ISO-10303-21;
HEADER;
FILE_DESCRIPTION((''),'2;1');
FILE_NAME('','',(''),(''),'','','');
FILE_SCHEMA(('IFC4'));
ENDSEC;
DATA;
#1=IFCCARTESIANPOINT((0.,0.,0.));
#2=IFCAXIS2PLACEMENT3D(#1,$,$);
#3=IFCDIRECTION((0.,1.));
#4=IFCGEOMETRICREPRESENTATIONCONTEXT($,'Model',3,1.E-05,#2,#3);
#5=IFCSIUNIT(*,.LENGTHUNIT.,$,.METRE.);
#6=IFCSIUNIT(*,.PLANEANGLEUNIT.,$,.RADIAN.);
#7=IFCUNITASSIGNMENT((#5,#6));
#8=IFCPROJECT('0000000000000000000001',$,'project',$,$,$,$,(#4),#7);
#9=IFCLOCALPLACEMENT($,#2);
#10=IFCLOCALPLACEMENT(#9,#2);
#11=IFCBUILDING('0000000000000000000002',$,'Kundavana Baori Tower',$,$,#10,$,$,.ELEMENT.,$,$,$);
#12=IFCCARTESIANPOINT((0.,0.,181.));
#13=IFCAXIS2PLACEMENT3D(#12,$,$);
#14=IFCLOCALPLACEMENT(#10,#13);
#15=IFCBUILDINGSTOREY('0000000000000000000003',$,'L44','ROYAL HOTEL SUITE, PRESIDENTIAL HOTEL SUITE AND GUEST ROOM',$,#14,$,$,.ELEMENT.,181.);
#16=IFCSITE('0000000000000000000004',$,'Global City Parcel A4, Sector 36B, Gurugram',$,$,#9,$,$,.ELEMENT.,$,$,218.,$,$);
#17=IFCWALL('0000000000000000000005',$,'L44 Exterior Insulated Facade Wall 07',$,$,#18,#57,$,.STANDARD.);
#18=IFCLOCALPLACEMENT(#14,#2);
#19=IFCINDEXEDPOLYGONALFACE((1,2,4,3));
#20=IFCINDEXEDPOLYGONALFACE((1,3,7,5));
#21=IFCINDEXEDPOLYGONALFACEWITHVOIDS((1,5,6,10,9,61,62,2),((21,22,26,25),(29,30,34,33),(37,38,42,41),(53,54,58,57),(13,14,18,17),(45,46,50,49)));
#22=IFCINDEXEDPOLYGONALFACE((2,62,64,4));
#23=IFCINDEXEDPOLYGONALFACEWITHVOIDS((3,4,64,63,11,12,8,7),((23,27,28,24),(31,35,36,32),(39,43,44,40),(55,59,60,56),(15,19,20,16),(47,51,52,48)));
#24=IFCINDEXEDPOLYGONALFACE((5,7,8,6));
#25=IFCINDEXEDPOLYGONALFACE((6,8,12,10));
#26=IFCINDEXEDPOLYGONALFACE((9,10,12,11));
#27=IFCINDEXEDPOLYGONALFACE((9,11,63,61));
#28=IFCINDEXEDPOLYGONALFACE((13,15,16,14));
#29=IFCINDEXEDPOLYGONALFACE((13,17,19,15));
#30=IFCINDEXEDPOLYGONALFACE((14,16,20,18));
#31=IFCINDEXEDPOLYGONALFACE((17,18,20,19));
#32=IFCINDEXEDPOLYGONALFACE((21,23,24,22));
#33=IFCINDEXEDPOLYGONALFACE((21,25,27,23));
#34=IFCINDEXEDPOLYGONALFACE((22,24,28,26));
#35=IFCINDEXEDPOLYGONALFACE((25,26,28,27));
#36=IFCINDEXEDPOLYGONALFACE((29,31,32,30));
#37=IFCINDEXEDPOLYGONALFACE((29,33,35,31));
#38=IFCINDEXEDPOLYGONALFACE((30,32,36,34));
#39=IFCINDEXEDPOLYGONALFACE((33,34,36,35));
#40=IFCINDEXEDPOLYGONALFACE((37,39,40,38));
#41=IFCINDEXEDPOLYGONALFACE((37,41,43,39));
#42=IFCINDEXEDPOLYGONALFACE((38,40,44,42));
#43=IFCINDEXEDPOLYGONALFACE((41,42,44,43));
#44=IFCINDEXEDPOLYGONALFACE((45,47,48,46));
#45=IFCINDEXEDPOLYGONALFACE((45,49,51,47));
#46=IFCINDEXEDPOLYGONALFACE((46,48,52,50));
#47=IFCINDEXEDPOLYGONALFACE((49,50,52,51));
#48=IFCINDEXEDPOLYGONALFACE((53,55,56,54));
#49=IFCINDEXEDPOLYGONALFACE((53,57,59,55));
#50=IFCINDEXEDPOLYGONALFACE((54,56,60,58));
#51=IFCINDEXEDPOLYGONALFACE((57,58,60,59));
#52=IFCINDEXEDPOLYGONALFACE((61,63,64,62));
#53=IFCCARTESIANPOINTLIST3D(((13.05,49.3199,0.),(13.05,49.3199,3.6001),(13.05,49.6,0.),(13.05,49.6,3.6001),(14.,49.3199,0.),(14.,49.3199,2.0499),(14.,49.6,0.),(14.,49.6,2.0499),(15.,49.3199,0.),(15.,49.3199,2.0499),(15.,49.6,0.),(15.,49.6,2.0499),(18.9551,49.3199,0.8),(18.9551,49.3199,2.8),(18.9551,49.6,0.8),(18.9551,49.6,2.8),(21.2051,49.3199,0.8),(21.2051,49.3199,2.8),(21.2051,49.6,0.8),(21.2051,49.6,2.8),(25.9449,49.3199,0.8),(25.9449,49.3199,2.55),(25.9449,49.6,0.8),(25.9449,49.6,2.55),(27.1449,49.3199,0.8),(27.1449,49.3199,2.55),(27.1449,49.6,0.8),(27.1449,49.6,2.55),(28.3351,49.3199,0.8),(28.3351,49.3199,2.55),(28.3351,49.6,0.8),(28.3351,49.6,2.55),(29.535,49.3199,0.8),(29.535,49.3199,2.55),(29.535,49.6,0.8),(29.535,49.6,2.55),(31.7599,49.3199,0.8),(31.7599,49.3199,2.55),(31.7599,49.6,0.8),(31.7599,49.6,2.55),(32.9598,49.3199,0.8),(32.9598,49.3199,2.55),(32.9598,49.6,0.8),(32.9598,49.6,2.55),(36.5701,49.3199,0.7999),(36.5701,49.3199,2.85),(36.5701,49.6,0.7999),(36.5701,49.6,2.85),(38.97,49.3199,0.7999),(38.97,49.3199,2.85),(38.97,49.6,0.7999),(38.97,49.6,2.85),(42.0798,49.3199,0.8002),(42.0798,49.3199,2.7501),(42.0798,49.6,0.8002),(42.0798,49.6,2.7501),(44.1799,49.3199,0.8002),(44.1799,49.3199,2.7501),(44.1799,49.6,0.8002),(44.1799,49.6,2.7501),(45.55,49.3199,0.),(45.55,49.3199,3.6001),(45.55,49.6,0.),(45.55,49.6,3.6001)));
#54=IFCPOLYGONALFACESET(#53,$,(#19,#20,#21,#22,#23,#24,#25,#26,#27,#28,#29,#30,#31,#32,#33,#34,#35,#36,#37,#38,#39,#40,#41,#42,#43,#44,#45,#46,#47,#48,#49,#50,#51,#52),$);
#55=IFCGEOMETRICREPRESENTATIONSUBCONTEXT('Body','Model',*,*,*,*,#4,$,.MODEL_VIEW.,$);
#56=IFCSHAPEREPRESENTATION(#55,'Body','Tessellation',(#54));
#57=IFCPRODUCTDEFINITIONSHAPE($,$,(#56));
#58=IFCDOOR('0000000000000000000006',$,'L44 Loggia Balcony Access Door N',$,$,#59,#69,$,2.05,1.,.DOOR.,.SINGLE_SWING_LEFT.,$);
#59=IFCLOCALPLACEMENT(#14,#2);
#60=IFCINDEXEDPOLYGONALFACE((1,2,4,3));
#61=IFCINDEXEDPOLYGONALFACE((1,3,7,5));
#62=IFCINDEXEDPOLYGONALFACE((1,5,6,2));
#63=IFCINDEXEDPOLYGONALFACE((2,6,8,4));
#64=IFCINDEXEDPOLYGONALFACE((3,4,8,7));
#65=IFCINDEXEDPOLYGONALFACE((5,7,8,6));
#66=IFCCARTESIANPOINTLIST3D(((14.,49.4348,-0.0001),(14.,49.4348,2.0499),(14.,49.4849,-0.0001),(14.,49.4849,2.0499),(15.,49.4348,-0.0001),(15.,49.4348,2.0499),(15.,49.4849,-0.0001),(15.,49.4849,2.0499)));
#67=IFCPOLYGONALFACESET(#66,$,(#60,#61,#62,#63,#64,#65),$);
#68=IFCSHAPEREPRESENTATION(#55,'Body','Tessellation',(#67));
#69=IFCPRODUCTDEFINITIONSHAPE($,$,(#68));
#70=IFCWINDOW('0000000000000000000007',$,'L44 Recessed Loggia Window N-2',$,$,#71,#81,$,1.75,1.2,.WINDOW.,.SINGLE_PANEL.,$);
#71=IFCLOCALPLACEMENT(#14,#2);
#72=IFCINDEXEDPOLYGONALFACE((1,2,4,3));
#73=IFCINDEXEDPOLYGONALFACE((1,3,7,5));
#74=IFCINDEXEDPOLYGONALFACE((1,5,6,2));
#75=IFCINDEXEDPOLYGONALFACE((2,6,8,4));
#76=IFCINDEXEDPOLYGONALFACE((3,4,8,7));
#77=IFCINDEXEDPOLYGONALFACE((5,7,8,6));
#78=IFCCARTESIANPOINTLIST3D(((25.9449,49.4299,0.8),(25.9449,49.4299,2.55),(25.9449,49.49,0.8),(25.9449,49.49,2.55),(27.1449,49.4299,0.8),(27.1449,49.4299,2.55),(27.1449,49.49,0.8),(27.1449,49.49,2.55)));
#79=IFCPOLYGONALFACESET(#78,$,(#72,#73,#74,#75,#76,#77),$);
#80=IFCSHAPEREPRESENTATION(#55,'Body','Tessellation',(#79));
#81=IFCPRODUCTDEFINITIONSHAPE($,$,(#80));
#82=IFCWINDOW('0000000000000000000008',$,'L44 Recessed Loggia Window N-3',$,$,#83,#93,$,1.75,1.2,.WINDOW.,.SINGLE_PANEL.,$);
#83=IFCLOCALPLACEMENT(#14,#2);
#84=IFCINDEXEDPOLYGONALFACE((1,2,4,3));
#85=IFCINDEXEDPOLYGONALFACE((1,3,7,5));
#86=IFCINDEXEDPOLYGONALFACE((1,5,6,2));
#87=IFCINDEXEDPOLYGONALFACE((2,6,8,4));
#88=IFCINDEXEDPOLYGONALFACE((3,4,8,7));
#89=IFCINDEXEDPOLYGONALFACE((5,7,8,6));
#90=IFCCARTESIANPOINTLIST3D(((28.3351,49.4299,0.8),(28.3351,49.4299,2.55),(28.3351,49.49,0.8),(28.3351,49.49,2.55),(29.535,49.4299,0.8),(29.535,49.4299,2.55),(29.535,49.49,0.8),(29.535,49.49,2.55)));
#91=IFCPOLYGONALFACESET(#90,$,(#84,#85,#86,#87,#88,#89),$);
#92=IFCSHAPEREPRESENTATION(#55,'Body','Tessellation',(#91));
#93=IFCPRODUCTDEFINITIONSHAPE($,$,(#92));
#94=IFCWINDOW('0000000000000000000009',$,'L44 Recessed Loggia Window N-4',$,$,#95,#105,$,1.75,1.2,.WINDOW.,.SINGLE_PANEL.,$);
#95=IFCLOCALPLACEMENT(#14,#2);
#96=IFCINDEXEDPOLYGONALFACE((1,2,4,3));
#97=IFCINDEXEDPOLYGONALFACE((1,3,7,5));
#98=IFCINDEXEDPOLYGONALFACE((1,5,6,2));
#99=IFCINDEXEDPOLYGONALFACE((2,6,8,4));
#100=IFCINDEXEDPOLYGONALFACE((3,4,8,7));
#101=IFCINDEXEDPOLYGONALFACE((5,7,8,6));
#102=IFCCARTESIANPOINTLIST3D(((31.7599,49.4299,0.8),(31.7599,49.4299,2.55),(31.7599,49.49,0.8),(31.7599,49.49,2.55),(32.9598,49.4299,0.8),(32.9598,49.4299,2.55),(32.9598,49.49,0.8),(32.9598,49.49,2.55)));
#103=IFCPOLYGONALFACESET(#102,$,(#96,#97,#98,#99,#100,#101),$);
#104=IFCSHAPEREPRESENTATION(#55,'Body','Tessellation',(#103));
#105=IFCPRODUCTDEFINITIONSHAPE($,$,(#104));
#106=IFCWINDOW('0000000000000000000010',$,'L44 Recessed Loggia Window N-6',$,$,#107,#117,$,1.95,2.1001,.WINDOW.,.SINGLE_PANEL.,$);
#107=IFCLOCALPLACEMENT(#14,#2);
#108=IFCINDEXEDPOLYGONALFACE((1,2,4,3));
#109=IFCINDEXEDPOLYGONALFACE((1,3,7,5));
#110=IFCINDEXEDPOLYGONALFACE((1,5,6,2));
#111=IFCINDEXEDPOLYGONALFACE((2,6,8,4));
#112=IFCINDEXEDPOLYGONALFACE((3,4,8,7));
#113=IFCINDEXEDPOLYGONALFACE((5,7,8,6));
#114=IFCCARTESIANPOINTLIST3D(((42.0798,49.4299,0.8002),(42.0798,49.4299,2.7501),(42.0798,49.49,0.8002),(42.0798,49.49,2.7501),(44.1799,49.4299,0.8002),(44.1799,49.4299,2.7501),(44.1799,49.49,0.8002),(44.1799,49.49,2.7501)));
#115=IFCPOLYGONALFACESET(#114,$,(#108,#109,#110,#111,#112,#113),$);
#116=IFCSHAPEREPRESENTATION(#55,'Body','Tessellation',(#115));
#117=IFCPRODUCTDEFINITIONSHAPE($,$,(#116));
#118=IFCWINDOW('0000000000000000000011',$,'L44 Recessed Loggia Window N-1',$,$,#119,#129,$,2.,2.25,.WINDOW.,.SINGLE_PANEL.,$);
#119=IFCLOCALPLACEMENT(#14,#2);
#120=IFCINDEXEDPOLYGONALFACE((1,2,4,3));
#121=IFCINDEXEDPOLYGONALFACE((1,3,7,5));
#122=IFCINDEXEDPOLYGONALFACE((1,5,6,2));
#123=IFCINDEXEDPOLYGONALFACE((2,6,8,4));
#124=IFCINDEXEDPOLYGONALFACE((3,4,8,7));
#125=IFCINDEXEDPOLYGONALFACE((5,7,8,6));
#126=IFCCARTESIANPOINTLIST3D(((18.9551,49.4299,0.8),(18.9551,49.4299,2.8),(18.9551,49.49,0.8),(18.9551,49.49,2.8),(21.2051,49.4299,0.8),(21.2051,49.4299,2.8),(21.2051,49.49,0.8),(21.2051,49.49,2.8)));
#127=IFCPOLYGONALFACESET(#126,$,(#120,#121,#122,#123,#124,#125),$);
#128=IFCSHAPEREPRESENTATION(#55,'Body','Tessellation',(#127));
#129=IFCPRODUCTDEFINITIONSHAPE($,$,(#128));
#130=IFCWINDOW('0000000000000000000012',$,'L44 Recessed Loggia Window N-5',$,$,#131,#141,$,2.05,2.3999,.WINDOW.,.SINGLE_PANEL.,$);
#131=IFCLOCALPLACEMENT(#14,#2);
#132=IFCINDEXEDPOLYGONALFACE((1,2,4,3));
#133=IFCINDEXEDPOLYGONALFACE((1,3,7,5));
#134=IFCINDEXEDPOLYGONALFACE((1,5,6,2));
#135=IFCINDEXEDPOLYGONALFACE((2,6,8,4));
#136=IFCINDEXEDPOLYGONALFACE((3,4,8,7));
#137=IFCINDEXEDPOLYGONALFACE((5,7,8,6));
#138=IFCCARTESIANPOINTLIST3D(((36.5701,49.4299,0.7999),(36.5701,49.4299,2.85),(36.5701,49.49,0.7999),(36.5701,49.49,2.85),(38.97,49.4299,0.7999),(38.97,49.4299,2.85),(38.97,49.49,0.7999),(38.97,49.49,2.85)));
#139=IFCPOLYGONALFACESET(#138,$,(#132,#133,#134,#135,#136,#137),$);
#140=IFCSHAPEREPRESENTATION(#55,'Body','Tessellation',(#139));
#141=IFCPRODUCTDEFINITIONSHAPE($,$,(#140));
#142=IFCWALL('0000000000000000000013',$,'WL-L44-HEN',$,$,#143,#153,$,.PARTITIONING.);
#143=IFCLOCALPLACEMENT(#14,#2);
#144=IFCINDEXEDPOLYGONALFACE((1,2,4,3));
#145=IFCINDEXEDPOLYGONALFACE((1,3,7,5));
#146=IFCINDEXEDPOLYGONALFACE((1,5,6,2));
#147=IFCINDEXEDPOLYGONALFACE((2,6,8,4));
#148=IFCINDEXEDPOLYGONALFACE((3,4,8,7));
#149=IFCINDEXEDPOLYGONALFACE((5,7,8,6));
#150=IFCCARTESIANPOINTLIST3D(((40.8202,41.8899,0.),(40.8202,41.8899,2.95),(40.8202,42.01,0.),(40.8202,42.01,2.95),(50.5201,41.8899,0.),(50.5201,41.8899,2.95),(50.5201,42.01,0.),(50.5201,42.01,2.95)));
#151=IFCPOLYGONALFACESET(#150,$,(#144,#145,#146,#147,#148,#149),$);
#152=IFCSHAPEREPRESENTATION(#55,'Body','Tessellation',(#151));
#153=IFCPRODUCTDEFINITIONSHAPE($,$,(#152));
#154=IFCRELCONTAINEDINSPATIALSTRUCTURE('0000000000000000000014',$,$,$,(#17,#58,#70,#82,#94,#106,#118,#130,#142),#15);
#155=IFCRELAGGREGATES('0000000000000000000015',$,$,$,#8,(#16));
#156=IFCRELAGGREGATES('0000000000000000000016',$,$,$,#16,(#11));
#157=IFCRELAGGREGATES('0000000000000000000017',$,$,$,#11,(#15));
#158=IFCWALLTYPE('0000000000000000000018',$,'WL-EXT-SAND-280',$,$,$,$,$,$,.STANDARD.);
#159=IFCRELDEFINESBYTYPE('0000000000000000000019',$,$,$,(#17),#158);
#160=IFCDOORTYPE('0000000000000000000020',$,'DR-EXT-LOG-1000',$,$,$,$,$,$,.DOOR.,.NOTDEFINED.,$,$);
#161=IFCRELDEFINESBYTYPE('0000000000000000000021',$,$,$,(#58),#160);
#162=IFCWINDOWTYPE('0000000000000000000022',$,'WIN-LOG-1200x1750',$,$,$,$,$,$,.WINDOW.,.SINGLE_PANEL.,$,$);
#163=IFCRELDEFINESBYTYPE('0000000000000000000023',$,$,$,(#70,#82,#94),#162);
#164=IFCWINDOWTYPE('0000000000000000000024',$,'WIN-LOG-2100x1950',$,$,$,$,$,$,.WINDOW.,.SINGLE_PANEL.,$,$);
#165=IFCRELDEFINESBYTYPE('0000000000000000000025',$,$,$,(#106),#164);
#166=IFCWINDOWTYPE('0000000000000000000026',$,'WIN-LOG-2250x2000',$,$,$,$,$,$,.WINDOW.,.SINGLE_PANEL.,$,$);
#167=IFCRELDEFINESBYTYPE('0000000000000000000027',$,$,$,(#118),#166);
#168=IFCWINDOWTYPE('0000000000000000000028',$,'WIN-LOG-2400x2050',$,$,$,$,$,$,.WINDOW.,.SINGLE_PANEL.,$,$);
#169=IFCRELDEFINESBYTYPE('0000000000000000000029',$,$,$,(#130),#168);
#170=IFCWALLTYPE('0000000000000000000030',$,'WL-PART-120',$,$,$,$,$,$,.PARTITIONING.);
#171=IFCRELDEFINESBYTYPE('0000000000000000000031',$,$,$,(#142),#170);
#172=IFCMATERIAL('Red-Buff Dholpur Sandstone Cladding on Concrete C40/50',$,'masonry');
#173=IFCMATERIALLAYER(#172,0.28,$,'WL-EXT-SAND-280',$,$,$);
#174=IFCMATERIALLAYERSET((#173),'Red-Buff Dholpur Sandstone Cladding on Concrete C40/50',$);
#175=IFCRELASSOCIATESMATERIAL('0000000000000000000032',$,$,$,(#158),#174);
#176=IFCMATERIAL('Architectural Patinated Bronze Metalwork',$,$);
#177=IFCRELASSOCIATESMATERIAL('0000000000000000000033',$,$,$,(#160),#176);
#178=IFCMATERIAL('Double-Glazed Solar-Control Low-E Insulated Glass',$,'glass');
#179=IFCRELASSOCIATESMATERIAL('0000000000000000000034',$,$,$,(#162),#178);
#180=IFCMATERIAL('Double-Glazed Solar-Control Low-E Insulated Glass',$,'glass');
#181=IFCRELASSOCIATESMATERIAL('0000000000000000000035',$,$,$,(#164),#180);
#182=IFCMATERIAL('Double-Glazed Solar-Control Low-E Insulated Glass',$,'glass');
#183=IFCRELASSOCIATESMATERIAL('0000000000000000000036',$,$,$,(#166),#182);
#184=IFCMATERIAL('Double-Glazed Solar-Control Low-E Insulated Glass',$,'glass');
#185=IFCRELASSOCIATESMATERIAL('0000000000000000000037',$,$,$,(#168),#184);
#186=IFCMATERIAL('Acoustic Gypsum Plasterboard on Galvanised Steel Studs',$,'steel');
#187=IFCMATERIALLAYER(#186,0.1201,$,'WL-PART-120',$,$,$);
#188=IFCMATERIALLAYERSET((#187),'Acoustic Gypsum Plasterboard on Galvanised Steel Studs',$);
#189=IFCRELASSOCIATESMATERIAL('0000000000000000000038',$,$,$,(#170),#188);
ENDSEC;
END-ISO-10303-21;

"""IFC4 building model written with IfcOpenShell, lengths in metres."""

from ifc_helpers import new_model, si_unit, direction, frame, frame_2d, origin, place, context, subcontext, project, spatial, rectangle, extrude, material, layer, layer_set, type_object, element, fill, save


model = new_model("IFC4")

# Units and contexts
model_context = context("Model", 3, precision=1e-05, world=origin(), true_north=direction((0.0, 1.0)))
body_context = subcontext(model_context, "Body", "Model", "MODEL_VIEW")
ifc_project = project(units=[si_unit("LENGTHUNIT", "METRE"), si_unit("PLANEANGLEUNIT", "RADIAN")], contexts=[model_context])

# Site, building, storey
site_placement = place(None, origin())
site = spatial("IfcSite", under=ifc_project, at=site_placement, Name="Global City Parcel A4, Sector 36B, Gurugram", CompositionType="ELEMENT", RefElevation=218.0)
building_placement = place(site_placement, origin())
building = spatial("IfcBuilding", under=site, at=building_placement, Name="Kundavana Baori Tower", CompositionType="ELEMENT")
storey_placement = place(building_placement, frame((0.0, 0.0, 181.0)))
storey = spatial("IfcBuildingStorey", under=building, at=storey_placement, Name="L44", Description="ROYAL HOTEL SUITE, PRESIDENTIAL HOTEL SUITE AND GUEST ROOM", CompositionType="ELEMENT", Elevation=181.0)

# Shared definitions
ifc_material_1 = material(Name="Red-Buff Dholpur Sandstone Cladding on Concrete C40/50", Category="masonry")
ifc_layer_1 = layer(ifc_material_1, 0.28, Name="WL-EXT-SAND-280")
ifc_layer_set_1 = layer_set([ifc_layer_1], Name="Red-Buff Dholpur Sandstone Cladding on Concrete C40/50")
wall_type_1 = type_object("IfcWallType", Name="WL-EXT-SAND-280", PredefinedType="STANDARD", material=ifc_layer_set_1)

# Wall, openings, door, windows
wall_1_placement = place(storey_placement, frame((45.55, 49.46, 0.0), z_axis=(0.0, 0.0, 1.0), x_axis=(-1.0, 0.0, 0.0)))
wall_1 = element("IfcWall", 1, at=wall_1_placement, inside=storey, type_object=wall_type_1, Name="L44 Exterior Insulated Facade Wall 07", PredefinedType="STANDARD", context=body_context, shape_type="SweptSolid", body=[
    extrude(rectangle(XDim=32.5, YDim=0.28, at=frame_2d((16.25, 0.0))), origin(), (0.0, 0.0, 1.0), 3.6001),
])
opening_1_placement = place(wall_1_placement, frame((30.55, 0.0, 0.0)))
opening_1 = element("IfcOpeningElement", 2, at=opening_1_placement, cuts=wall_1, PredefinedType="OPENING", context=body_context, shape_type="SweptSolid", body=[
    extrude(rectangle(XDim=1.0, YDim=2.05, at=frame_2d((0.5, 1.0249))), frame((0.0, 0.1499, 0.0), z_axis=(0.0, -1.0, 0.0), x_axis=(1.0, 0.0, 0.0)), (0.0, 0.0, 1.0), 0.3),
])
opening_2_placement = place(wall_1_placement, frame((24.345, 0.0, 0.8)))
opening_2 = element("IfcOpeningElement", 3, at=opening_2_placement, cuts=wall_1, PredefinedType="OPENING", context=body_context, shape_type="SweptSolid", body=[
    extrude(rectangle(XDim=2.25, YDim=2.0, at=frame_2d((1.125, 1.0))), frame((0.0, 0.1499, 0.0), z_axis=(0.0, -1.0, 0.0), x_axis=(1.0, 0.0, 0.0)), (0.0, 0.0, 1.0), 0.3),
])
opening_3_placement = place(wall_1_placement, frame((18.405, 0.0, 0.8)))
opening_3 = element("IfcOpeningElement", 4, at=opening_3_placement, cuts=wall_1, PredefinedType="OPENING", context=body_context, shape_type="SweptSolid", body=[
    extrude(rectangle(XDim=1.2, YDim=1.75, at=frame_2d((0.6001, 0.875))), frame((0.0, 0.1499, 0.0), z_axis=(0.0, -1.0, 0.0), x_axis=(1.0, 0.0, 0.0)), (0.0, 0.0, 1.0), 0.3),
])
opening_4_placement = place(wall_1_placement, frame((16.0149, 0.0, 0.8)))
opening_4 = element("IfcOpeningElement", 5, at=opening_4_placement, cuts=wall_1, PredefinedType="OPENING", context=body_context, shape_type="SweptSolid", body=[
    extrude(rectangle(XDim=1.2, YDim=1.75, at=frame_2d((0.6001, 0.875))), frame((0.0, 0.1499, 0.0), z_axis=(0.0, -1.0, 0.0), x_axis=(1.0, 0.0, 0.0)), (0.0, 0.0, 1.0), 0.3),
])
opening_5_placement = place(wall_1_placement, frame((12.5901, 0.0, 0.8)))
opening_5 = element("IfcOpeningElement", 6, at=opening_5_placement, cuts=wall_1, PredefinedType="OPENING", context=body_context, shape_type="SweptSolid", body=[
    extrude(rectangle(XDim=1.2, YDim=1.75, at=frame_2d((0.6001, 0.875))), frame((0.0, 0.1499, 0.0), z_axis=(0.0, -1.0, 0.0), x_axis=(1.0, 0.0, 0.0)), (0.0, 0.0, 1.0), 0.3),
])
opening_6_placement = place(wall_1_placement, frame((6.5801, 0.0, 0.8)))
opening_6 = element("IfcOpeningElement", 7, at=opening_6_placement, cuts=wall_1, PredefinedType="OPENING", context=body_context, shape_type="SweptSolid", body=[
    extrude(rectangle(XDim=2.3999, YDim=2.05, at=frame_2d((1.2, 1.0249))), frame((0.0, 0.1499, 0.0), z_axis=(0.0, -1.0, 0.0), x_axis=(1.0, 0.0, 0.0)), (0.0, 0.0, 1.0), 0.3),
])
opening_7_placement = place(wall_1_placement, frame((1.3701, 0.0, 0.8)))
opening_7 = element("IfcOpeningElement", 8, at=opening_7_placement, cuts=wall_1, PredefinedType="OPENING", context=body_context, shape_type="SweptSolid", body=[
    extrude(rectangle(XDim=2.1001, YDim=1.95, at=frame_2d((1.05, 0.9751))), frame((0.0, 0.1499, 0.0), z_axis=(0.0, -1.0, 0.0), x_axis=(1.0, 0.0, 0.0)), (0.0, 0.0, 1.0), 0.3),
])
ifc_material_2 = material(Name="Architectural Patinated Bronze Metalwork")
door_type_1 = type_object("IfcDoorType", Name="DR-EXT-LOG-1000", OperationType="NOTDEFINED", PredefinedType="DOOR", material=ifc_material_2)
door_1_placement = place(opening_1_placement, frame((1.0, 0.0, 0.0), z_axis=(0.0, 0.0, 1.0), x_axis=(-1.0, 0.0, 0.0)))
door_1 = element("IfcDoor", 9, at=door_1_placement, inside=storey, type_object=door_type_1, Name="L44 Loggia Balcony Access Door N", OperationType="SINGLE_SWING_LEFT", OverallHeight=2.05, OverallWidth=1.0, PredefinedType="DOOR", context=body_context, shape_type="SweptSolid", body=[
    extrude(rectangle(XDim=1.0, YDim=2.05, at=frame_2d((0.5, 1.0249))), frame((0.0, 0.0249, 0.0), z_axis=(0.0, -1.0, 0.0), x_axis=(1.0, 0.0, 0.0)), (0.0, 0.0, 1.0), 0.05),
])
fill(opening_1, door_1)
ifc_material_3 = material(Name="Double-Glazed Solar-Control Low-E Insulated Glass", Category="glass")
window_type_1 = type_object("IfcWindowType", Name="WIN-LOG-1200x1750", PartitioningType="SINGLE_PANEL", PredefinedType="WINDOW", material=ifc_material_3)
window_1_placement = place(opening_3_placement, origin())
window_1 = element("IfcWindow", 10, at=window_1_placement, inside=storey, type_object=window_type_1, Name="L44 Recessed Loggia Window N-2", OverallHeight=1.75, OverallWidth=1.2, PartitioningType="SINGLE_PANEL", PredefinedType="WINDOW", context=body_context, shape_type="SweptSolid", body=[
    extrude(rectangle(XDim=1.2, YDim=1.75, at=frame_2d((0.6001, 0.875))), frame((0.0, 0.03, 0.0), z_axis=(0.0, -1.0, 0.0), x_axis=(1.0, 0.0, 0.0)), (0.0, 0.0, 1.0), 0.0601),
])
fill(opening_3, window_1)
window_2_placement = place(opening_4_placement, origin())
window_2 = element("IfcWindow", 11, at=window_2_placement, inside=storey, type_object=window_type_1, Name="L44 Recessed Loggia Window N-3", OverallHeight=1.75, OverallWidth=1.2, PartitioningType="SINGLE_PANEL", PredefinedType="WINDOW", context=body_context, shape_type="SweptSolid", body=[
    extrude(rectangle(XDim=1.2, YDim=1.75, at=frame_2d((0.6001, 0.875))), frame((0.0, 0.03, 0.0), z_axis=(0.0, -1.0, 0.0), x_axis=(1.0, 0.0, 0.0)), (0.0, 0.0, 1.0), 0.0601),
])
fill(opening_4, window_2)
window_3_placement = place(opening_5_placement, origin())
window_3 = element("IfcWindow", 12, at=window_3_placement, inside=storey, type_object=window_type_1, Name="L44 Recessed Loggia Window N-4", OverallHeight=1.75, OverallWidth=1.2, PartitioningType="SINGLE_PANEL", PredefinedType="WINDOW", context=body_context, shape_type="SweptSolid", body=[
    extrude(rectangle(XDim=1.2, YDim=1.75, at=frame_2d((0.6001, 0.875))), frame((0.0, 0.03, 0.0), z_axis=(0.0, -1.0, 0.0), x_axis=(1.0, 0.0, 0.0)), (0.0, 0.0, 1.0), 0.0601),
])
fill(opening_5, window_3)
ifc_material_4 = material(Name="Double-Glazed Solar-Control Low-E Insulated Glass", Category="glass")
window_type_2 = type_object("IfcWindowType", Name="WIN-LOG-2100x1950", PartitioningType="SINGLE_PANEL", PredefinedType="WINDOW", material=ifc_material_4)
window_4_placement = place(opening_7_placement, origin())
window_4 = element("IfcWindow", 13, at=window_4_placement, inside=storey, type_object=window_type_2, Name="L44 Recessed Loggia Window N-6", OverallHeight=1.95, OverallWidth=2.1001, PartitioningType="SINGLE_PANEL", PredefinedType="WINDOW", context=body_context, shape_type="SweptSolid", body=[
    extrude(rectangle(XDim=2.1001, YDim=1.95, at=frame_2d((1.05, 0.9751))), frame((0.0, 0.03, 0.0), z_axis=(0.0, -1.0, 0.0), x_axis=(1.0, 0.0, 0.0)), (0.0, 0.0, 1.0), 0.0601),
])
fill(opening_7, window_4)
ifc_material_5 = material(Name="Double-Glazed Solar-Control Low-E Insulated Glass", Category="glass")
window_type_3 = type_object("IfcWindowType", Name="WIN-LOG-2250x2000", PartitioningType="SINGLE_PANEL", PredefinedType="WINDOW", material=ifc_material_5)
window_5_placement = place(opening_2_placement, origin())
window_5 = element("IfcWindow", 14, at=window_5_placement, inside=storey, type_object=window_type_3, Name="L44 Recessed Loggia Window N-1", OverallHeight=2.0, OverallWidth=2.25, PartitioningType="SINGLE_PANEL", PredefinedType="WINDOW", context=body_context, shape_type="SweptSolid", body=[
    extrude(rectangle(XDim=2.25, YDim=2.0, at=frame_2d((1.125, 1.0))), frame((0.0, 0.03, 0.0), z_axis=(0.0, -1.0, 0.0), x_axis=(1.0, 0.0, 0.0)), (0.0, 0.0, 1.0), 0.0601),
])
fill(opening_2, window_5)
ifc_material_6 = material(Name="Double-Glazed Solar-Control Low-E Insulated Glass", Category="glass")
window_type_4 = type_object("IfcWindowType", Name="WIN-LOG-2400x2050", PartitioningType="SINGLE_PANEL", PredefinedType="WINDOW", material=ifc_material_6)
window_6_placement = place(opening_6_placement, origin())
window_6 = element("IfcWindow", 15, at=window_6_placement, inside=storey, type_object=window_type_4, Name="L44 Recessed Loggia Window N-5", OverallHeight=2.05, OverallWidth=2.3999, PartitioningType="SINGLE_PANEL", PredefinedType="WINDOW", context=body_context, shape_type="SweptSolid", body=[
    extrude(rectangle(XDim=2.3999, YDim=2.05, at=frame_2d((1.2, 1.0249))), frame((0.0, 0.03, 0.0), z_axis=(0.0, -1.0, 0.0), x_axis=(1.0, 0.0, 0.0)), (0.0, 0.0, 1.0), 0.0601),
])
fill(opening_6, window_6)

# Wall
ifc_material_7 = material(Name="Acoustic Gypsum Plasterboard on Galvanised Steel Studs", Category="steel")
ifc_layer_2 = layer(ifc_material_7, 0.1201, Name="WL-PART-120")
ifc_layer_set_2 = layer_set([ifc_layer_2], Name="Acoustic Gypsum Plasterboard on Galvanised Steel Studs")
wall_type_2 = type_object("IfcWallType", Name="WL-PART-120", PredefinedType="PARTITIONING", material=ifc_layer_set_2)
wall_2_placement = place(storey_placement, frame((40.8201, 41.95, 0.0), z_axis=(0.0, 0.0, 1.0), x_axis=(1.0, 0.0, 0.0)))
element("IfcWall", 16, at=wall_2_placement, inside=storey, type_object=wall_type_2, Name="WL-L44-HEN", PredefinedType="PARTITIONING", context=body_context, shape_type="SweptSolid", body=[
    extrude(rectangle(XDim=9.7, YDim=0.1201, at=frame_2d((4.8501, 0.0))), origin(), (0.0, 0.0, 1.0), 2.95),
])

save(model, "model.ifc")
